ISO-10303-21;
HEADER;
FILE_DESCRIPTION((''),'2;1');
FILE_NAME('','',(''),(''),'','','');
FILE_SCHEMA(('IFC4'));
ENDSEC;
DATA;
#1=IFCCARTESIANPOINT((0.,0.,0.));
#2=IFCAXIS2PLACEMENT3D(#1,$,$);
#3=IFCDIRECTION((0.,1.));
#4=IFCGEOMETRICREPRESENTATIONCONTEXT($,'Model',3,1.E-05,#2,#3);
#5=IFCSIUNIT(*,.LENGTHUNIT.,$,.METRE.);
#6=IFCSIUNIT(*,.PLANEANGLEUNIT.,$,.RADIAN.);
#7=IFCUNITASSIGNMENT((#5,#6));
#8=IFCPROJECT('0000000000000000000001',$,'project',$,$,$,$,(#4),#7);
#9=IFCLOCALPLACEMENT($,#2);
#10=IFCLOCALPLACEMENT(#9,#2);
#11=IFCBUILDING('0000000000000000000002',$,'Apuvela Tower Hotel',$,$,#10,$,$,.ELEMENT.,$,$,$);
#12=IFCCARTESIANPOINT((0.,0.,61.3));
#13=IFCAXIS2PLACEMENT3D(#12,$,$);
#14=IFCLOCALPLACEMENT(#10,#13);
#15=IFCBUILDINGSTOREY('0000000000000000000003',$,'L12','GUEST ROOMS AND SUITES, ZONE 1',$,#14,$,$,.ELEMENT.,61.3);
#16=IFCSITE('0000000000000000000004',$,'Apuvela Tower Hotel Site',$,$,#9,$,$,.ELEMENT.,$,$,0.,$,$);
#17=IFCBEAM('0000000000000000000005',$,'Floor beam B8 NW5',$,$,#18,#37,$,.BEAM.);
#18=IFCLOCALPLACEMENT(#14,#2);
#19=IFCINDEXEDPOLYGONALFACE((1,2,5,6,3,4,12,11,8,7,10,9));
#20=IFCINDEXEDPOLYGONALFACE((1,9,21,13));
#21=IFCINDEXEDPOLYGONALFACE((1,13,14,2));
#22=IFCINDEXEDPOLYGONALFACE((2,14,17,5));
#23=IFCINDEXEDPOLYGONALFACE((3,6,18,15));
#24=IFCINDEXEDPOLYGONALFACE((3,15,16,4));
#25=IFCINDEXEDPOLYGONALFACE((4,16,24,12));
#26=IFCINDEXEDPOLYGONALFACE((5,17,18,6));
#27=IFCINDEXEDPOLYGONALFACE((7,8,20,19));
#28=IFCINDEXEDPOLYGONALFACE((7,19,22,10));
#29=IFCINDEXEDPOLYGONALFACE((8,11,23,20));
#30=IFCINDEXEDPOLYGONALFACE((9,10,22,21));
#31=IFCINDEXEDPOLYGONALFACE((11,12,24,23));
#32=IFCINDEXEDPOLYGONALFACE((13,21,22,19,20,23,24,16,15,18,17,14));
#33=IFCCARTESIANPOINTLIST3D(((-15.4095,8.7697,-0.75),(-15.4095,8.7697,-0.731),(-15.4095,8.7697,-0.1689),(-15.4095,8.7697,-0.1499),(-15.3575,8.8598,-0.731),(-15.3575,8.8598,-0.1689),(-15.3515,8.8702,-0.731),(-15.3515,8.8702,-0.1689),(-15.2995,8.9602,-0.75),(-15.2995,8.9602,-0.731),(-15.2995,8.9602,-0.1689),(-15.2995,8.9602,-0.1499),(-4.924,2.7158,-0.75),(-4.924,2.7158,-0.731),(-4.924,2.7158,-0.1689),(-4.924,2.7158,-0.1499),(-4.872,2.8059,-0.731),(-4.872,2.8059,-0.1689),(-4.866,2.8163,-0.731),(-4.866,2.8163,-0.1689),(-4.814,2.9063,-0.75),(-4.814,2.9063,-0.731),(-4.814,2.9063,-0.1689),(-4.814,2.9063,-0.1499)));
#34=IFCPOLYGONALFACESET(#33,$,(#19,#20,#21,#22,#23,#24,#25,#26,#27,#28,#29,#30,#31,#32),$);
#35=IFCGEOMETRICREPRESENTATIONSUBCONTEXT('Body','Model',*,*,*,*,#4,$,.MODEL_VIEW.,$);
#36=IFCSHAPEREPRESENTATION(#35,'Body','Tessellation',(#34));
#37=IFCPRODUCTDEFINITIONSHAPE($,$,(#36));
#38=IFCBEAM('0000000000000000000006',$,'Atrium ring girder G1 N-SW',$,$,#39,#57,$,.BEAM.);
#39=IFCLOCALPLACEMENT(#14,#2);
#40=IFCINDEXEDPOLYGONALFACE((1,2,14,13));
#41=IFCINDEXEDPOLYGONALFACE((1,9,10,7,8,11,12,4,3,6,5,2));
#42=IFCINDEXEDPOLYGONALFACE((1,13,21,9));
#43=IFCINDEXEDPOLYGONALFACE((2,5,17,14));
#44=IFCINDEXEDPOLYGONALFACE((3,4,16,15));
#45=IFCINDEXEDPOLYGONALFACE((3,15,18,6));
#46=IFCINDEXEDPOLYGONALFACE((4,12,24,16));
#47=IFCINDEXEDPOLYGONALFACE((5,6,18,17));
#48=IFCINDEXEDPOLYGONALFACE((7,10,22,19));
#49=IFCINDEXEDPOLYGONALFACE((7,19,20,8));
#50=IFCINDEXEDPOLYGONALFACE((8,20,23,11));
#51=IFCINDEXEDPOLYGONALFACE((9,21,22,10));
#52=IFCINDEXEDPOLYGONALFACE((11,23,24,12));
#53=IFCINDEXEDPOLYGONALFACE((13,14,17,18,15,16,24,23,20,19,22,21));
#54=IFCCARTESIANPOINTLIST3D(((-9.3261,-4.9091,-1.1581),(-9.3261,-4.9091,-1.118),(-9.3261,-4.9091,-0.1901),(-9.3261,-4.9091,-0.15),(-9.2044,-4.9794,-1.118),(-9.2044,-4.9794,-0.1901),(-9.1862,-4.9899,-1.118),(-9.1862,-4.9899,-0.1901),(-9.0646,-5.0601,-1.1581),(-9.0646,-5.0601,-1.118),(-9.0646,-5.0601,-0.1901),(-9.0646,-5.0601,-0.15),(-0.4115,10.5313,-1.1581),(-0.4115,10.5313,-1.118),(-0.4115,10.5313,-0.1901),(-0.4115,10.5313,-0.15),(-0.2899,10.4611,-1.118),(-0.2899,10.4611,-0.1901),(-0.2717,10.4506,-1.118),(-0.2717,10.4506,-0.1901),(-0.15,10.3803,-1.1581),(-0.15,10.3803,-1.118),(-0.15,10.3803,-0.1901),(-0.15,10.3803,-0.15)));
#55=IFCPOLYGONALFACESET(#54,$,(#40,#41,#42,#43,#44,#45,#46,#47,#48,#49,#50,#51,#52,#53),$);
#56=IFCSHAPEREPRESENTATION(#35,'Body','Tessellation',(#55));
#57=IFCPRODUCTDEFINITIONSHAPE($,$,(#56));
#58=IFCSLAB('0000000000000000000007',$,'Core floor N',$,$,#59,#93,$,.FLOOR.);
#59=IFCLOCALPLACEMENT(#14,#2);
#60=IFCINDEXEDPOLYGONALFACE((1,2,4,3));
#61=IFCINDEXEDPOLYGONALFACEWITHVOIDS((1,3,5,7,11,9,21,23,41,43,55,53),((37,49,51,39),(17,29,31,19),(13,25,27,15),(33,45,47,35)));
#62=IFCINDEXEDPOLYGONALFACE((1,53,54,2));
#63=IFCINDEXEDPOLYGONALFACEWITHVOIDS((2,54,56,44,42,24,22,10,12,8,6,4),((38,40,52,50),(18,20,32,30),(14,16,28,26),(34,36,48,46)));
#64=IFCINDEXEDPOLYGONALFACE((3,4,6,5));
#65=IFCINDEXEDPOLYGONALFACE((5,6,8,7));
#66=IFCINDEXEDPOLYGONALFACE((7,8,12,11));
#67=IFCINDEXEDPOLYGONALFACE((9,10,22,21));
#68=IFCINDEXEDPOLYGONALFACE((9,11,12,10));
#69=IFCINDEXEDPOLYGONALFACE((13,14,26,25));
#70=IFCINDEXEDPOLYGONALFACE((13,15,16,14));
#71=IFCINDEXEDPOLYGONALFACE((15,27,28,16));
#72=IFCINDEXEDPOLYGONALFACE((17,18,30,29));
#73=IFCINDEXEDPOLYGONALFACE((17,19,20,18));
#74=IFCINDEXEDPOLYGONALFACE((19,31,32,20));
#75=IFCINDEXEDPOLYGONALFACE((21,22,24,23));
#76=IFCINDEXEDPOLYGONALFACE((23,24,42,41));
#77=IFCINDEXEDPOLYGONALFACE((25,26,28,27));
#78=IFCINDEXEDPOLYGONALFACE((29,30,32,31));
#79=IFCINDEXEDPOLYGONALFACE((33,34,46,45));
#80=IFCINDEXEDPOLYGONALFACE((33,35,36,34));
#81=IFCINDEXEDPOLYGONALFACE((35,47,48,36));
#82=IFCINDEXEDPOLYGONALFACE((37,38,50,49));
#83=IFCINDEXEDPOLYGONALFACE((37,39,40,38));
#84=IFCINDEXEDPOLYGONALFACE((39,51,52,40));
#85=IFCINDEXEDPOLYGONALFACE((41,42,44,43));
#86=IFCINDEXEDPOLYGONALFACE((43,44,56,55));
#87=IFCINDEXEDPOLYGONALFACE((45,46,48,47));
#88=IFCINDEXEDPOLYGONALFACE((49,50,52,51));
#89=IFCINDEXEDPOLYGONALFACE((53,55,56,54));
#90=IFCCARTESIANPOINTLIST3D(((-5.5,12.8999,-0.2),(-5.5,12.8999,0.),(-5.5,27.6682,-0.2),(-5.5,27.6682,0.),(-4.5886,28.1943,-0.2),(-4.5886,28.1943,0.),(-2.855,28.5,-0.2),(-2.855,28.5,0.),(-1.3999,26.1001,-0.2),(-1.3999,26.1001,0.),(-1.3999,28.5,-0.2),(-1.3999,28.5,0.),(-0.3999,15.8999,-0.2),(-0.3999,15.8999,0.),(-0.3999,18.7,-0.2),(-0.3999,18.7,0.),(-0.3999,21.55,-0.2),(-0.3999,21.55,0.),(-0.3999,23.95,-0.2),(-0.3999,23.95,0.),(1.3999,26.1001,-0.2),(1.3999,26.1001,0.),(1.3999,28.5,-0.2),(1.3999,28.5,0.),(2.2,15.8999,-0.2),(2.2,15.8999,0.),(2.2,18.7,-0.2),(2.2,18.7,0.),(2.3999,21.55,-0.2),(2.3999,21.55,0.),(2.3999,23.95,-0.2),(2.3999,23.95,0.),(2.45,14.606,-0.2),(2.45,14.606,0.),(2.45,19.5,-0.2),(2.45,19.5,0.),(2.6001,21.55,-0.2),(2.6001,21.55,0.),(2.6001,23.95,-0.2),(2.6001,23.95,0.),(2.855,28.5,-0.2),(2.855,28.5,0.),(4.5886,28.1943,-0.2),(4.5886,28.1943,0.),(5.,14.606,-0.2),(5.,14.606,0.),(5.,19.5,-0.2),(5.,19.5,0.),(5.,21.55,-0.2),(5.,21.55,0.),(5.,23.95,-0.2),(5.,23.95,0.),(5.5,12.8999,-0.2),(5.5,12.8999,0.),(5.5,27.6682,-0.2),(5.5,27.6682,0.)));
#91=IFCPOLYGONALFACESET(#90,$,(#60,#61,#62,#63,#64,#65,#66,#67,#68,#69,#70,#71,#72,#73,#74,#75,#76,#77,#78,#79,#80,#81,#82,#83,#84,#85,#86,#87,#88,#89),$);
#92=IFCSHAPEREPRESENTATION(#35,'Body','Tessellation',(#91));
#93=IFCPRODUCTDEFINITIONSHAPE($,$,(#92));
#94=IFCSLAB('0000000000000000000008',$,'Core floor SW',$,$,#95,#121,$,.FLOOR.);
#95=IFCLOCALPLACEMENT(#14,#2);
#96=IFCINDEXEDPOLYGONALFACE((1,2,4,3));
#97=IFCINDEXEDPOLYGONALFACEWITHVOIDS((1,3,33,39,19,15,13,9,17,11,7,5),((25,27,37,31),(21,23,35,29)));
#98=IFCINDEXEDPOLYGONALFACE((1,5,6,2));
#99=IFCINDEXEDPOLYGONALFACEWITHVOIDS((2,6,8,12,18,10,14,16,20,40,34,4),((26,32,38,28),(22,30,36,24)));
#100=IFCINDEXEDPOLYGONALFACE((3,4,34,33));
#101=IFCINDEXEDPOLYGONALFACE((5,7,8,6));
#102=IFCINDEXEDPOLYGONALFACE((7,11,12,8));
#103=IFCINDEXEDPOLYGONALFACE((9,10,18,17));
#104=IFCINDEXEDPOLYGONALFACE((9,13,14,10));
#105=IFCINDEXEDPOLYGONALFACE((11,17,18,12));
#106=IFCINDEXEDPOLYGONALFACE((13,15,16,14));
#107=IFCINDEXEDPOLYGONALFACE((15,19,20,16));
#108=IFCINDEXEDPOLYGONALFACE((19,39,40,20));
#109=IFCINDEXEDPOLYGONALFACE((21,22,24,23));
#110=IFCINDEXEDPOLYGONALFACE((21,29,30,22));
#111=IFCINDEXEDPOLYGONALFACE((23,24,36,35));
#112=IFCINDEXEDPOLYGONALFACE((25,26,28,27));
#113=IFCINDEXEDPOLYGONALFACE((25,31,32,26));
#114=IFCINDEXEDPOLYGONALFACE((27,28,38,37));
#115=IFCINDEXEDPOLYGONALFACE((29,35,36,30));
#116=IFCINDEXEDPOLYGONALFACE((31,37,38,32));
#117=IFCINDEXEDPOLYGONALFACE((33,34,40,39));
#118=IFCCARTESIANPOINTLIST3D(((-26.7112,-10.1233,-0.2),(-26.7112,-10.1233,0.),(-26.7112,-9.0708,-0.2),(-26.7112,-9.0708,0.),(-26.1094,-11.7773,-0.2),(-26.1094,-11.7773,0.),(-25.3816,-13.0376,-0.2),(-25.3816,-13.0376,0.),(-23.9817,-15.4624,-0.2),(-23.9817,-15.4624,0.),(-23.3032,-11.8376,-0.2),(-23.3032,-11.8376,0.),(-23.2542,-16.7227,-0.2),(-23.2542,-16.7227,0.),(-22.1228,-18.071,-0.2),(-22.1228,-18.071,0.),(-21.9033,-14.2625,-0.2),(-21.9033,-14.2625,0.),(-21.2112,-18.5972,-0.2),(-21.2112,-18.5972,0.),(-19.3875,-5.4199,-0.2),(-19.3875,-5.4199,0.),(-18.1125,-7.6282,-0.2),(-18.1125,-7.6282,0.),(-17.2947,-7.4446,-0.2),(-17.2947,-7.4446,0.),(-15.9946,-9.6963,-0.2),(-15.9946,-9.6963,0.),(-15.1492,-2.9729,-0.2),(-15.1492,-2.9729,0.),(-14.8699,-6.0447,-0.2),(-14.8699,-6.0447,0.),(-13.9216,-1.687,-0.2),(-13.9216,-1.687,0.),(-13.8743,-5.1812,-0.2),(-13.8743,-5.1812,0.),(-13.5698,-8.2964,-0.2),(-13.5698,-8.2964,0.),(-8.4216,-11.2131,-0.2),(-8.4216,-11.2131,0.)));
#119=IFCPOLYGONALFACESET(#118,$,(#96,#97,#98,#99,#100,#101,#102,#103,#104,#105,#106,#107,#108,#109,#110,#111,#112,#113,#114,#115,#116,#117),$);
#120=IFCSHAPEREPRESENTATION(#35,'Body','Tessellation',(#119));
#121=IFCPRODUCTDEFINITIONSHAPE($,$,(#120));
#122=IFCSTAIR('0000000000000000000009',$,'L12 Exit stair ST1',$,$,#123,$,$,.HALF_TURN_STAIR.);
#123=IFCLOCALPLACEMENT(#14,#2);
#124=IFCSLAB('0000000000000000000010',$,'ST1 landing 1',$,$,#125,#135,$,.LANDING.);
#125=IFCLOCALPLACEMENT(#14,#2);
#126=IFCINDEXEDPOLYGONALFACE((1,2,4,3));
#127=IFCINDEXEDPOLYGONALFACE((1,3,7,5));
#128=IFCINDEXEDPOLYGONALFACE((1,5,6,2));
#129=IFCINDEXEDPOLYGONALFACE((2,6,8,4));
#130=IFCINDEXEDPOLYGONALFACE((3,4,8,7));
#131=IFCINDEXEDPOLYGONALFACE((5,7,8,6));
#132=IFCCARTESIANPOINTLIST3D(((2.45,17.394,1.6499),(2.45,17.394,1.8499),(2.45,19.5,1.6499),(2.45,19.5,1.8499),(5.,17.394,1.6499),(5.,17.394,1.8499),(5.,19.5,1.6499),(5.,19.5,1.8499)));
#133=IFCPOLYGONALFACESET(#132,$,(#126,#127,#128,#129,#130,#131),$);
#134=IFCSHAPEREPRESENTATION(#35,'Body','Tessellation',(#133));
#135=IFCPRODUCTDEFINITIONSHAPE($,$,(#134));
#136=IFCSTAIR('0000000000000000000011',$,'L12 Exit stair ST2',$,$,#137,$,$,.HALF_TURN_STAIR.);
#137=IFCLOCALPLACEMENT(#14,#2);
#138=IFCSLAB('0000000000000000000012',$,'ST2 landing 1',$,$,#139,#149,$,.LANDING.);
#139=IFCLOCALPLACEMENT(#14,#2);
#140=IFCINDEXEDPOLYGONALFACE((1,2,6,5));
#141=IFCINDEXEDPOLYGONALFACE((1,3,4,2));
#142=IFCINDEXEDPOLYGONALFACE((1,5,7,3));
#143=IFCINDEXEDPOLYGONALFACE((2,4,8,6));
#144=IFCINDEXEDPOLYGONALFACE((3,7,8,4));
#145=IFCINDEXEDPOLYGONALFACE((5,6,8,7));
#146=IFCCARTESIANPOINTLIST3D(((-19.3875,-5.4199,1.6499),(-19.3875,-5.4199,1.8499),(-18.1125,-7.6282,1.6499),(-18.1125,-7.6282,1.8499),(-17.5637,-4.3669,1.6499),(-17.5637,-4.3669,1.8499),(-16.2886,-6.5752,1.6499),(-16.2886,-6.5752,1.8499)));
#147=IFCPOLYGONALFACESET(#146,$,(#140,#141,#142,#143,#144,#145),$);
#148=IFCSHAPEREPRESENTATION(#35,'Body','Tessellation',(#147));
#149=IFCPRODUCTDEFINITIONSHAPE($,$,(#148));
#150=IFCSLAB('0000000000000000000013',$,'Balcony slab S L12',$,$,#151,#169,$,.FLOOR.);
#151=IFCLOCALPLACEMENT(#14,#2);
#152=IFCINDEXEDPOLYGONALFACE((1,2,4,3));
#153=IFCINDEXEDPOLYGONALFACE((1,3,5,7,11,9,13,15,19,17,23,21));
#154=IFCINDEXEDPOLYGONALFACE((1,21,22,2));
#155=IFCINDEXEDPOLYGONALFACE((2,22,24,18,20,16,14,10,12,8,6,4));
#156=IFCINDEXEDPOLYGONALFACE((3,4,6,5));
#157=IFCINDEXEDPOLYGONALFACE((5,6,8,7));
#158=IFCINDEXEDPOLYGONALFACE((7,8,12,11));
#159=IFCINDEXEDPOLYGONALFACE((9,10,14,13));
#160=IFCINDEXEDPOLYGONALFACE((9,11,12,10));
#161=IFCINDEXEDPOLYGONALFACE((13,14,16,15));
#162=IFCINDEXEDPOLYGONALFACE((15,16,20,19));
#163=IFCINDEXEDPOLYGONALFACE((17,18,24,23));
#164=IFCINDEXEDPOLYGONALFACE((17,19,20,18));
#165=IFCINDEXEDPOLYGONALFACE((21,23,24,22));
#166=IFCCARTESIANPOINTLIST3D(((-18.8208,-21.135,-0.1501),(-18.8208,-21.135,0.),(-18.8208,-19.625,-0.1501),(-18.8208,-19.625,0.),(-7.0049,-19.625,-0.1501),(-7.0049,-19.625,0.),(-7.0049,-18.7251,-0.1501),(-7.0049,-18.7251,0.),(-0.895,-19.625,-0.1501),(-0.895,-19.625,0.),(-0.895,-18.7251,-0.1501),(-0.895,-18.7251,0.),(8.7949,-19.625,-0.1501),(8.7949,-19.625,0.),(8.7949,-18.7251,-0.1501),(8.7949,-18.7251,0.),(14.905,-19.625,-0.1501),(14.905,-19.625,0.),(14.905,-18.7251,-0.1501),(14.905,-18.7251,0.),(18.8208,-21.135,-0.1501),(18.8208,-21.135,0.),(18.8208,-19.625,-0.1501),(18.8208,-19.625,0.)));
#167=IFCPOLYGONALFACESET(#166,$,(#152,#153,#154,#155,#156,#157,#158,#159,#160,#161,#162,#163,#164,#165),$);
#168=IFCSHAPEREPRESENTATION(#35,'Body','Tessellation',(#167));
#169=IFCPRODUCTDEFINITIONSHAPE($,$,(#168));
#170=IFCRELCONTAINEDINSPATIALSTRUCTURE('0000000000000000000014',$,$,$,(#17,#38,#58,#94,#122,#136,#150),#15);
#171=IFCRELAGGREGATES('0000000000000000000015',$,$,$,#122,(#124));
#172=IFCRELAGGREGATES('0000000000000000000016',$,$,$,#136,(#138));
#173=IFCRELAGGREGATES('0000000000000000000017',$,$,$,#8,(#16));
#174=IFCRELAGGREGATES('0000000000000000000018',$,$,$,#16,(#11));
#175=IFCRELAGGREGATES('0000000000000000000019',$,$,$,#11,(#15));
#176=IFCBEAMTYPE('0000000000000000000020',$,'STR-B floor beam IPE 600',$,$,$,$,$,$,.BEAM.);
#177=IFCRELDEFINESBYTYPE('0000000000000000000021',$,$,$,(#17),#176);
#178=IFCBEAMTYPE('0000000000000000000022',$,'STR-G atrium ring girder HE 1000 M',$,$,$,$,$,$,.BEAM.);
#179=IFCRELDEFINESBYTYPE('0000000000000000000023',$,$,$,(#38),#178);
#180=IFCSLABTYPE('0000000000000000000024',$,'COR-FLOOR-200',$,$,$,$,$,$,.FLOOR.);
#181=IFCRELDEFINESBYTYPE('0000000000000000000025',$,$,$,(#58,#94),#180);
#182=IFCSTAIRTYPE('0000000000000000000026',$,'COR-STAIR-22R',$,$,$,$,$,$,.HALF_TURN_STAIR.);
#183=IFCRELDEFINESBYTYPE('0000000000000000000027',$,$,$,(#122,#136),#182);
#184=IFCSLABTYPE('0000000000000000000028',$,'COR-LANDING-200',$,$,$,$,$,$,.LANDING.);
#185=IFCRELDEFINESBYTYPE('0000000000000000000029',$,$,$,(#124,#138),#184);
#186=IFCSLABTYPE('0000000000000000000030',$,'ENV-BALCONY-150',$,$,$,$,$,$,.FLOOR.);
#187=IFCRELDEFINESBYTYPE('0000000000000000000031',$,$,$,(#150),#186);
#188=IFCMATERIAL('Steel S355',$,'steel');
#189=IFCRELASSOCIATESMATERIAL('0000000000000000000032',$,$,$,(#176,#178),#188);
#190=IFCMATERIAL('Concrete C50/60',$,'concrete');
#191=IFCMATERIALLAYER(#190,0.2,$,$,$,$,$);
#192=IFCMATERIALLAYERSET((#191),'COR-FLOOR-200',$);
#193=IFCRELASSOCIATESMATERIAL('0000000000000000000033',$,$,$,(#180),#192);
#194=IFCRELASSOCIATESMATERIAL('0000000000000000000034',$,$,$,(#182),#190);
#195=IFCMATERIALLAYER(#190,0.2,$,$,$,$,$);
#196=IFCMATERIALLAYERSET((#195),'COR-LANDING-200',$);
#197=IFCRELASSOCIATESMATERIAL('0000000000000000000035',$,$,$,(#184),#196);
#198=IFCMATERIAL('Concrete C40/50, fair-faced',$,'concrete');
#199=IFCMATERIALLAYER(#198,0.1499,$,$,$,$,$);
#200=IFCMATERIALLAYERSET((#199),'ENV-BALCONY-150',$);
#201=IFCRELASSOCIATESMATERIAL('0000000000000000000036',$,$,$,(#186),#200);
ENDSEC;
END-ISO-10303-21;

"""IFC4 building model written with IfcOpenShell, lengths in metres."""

from ifc_helpers import new_model, si_unit, direction, frame, origin, origin_2d, place, context, subcontext, project, spatial, polyline, i_section, outline, extrude, material, layer, layer_set, material_profile, profile_set, type_object, element, aggregate, save


model = new_model("IFC4")

# Units and contexts
model_context = context("Model", 3, precision=1e-05, world=origin(), true_north=direction((0.0, 1.0)))
body_context = subcontext(model_context, "Body", "Model", "MODEL_VIEW")
ifc_project = project(units=[si_unit("LENGTHUNIT", "METRE"), si_unit("PLANEANGLEUNIT", "RADIAN")], contexts=[model_context])

# Site, building, storey
site_placement = place(None, origin())
site = spatial("IfcSite", under=ifc_project, at=site_placement, Name="Apuvela Tower Hotel Site", CompositionType="ELEMENT", RefElevation=0.0)
building_placement = place(site_placement, origin())
building = spatial("IfcBuilding", under=site, at=building_placement, Name="Apuvela Tower Hotel", CompositionType="ELEMENT")
storey_placement = place(building_placement, frame((0.0, 0.0, 61.3)))
storey = spatial("IfcBuildingStorey", under=building, at=storey_placement, Name="L12", Description="GUEST ROOMS AND SUITES, ZONE 1", CompositionType="ELEMENT", Elevation=61.3)

# Beams
ifc_material_1 = material(Name="Steel S355", Category="steel")
ifc_material_profile_1 = material_profile(ifc_material_1, i_section(OverallWidth=0.22, OverallDepth=0.6001, WebThickness=0.012, FlangeThickness=0.019, at=origin_2d()), Name="IPE 600")
ifc_profile_set_1 = profile_set([ifc_material_profile_1], Name="Steel S355")
beam_type_1 = type_object("IfcBeamType", Name="STR-B floor beam IPE 600", PredefinedType="BEAM", material=ifc_profile_set_1)
beam_1_placement = place(storey_placement, frame((-15.3545, 8.865, -0.45), z_axis=(0.866022, -0.500006, 0.0), x_axis=(0.500006, 0.866022, 0.0)))
element("IfcBeam", 1, at=beam_1_placement, inside=storey, type_object=beam_type_1, Name="Floor beam B8 NW5", PredefinedType="BEAM", context=body_context, shape_type="SweptSolid", body=[
    extrude(i_section(OverallWidth=0.22, OverallDepth=0.6001, WebThickness=0.012, FlangeThickness=0.019, at=origin_2d()), origin(), (0.0, 0.0, 1.0), 12.1077),
])
ifc_material_profile_2 = material_profile(ifc_material_1, i_section(OverallWidth=0.302, OverallDepth=1.0081, WebThickness=0.021, FlangeThickness=0.04, at=origin_2d()), Name="HE 1000 M")
ifc_profile_set_2 = profile_set([ifc_material_profile_2], Name="Steel S355")
beam_type_2 = type_object("IfcBeamType", Name="STR-G atrium ring girder HE 1000 M", PredefinedType="BEAM", material=ifc_profile_set_2)
beam_2_placement = place(storey_placement, frame((-0.2808, 10.4558, -0.6541), z_axis=(-0.500001, -0.866025, 0.0), x_axis=(0.866025, -0.500001, 0.0)))
element("IfcBeam", 2, at=beam_2_placement, inside=storey, type_object=beam_type_2, Name="Atrium ring girder G1 N-SW", PredefinedType="BEAM", context=body_context, shape_type="SweptSolid", body=[
    extrude(i_section(OverallWidth=0.302, OverallDepth=1.0081, WebThickness=0.021, FlangeThickness=0.04, at=origin_2d()), origin(), (0.0, 0.0, 1.0), 17.8291),
])

# Slabs
ifc_material_2 = material(Name="Concrete C50/60", Category="concrete")
ifc_layer_1 = layer(ifc_material_2, 0.2)
ifc_layer_set_1 = layer_set([ifc_layer_1], Name="COR-FLOOR-200")
slab_type_1 = type_object("IfcSlabType", Name="COR-FLOOR-200", PredefinedType="FLOOR", material=ifc_layer_set_1)
slab_1_placement = place(storey_placement, frame((0.0, 0.0, -0.2)))
element("IfcSlab", 3, at=slab_1_placement, inside=storey, type_object=slab_type_1, Name="Core floor N", PredefinedType="FLOOR", context=body_context, shape_type="SweptSolid", body=[
    extrude(outline(polyline([(5.5, 27.6682), (4.5886, 28.1943), (2.855, 28.5), (1.3999, 28.5), (1.3999, 26.1001), (-1.3999, 26.1001), (-1.3999, 28.5), (-2.855, 28.5), (-4.5886, 28.1943), (-5.5, 27.6682), (-5.5, 12.8999), (5.5, 12.8999), (5.5, 27.6682)]), holes=[polyline([(5.0, 14.606), (2.45, 14.606), (2.45, 19.5), (5.0, 19.5), (5.0, 14.606)]), polyline([(2.2, 15.8999), (-0.3999, 15.8999), (-0.3999, 18.7), (2.2, 18.7), (2.2, 15.8999)]), polyline([(5.0, 21.55), (2.6001, 21.55), (2.6001, 23.95), (5.0, 23.95), (5.0, 21.55)]), polyline([(2.3999, 21.55), (-0.3999, 21.55), (-0.3999, 23.95), (2.3999, 23.95), (2.3999, 21.55)])]), origin(), (0.0, 0.0, 1.0), 0.2),
])
slab_2_placement = place(storey_placement, frame((0.0, 0.0, -0.2)))
element("IfcSlab", 4, at=slab_2_placement, inside=storey, type_object=slab_type_1, Name="Core floor SW", PredefinedType="FLOOR", context=body_context, shape_type="SweptSolid", body=[
    extrude(outline(polyline([(-26.7112, -9.0708), (-26.7112, -10.1233), (-26.1094, -11.7773), (-25.3816, -13.0376), (-23.3032, -11.8376), (-21.9033, -14.2625), (-23.9817, -15.4624), (-23.2542, -16.7227), (-22.1228, -18.071), (-21.2112, -18.5972), (-8.4216, -11.2131), (-13.9216, -1.687), (-26.7112, -9.0708)]), holes=[polyline([(-13.8743, -5.1812), (-18.1125, -7.6282), (-19.3875, -5.4199), (-15.1492, -2.9729), (-13.8743, -5.1812)]), polyline([(-13.5698, -8.2964), (-15.9946, -9.6963), (-17.2947, -7.4446), (-14.8699, -6.0447), (-13.5698, -8.2964)])]), origin(), (0.0, 0.0, 1.0), 0.2),
])

# Stairs, slabs
stair_type = type_object("IfcStairType", Name="COR-STAIR-22R", PredefinedType="HALF_TURN_STAIR", material=ifc_material_2)
stair_1_placement = place(storey_placement, origin())
stair_1 = element("IfcStair", 5, at=stair_1_placement, inside=storey, type_object=stair_type, Name="L12 Exit stair ST1", PredefinedType="HALF_TURN_STAIR")
ifc_layer_2 = layer(ifc_material_2, 0.2)
ifc_layer_set_2 = layer_set([ifc_layer_2], Name="COR-LANDING-200")
slab_type_2 = type_object("IfcSlabType", Name="COR-LANDING-200", PredefinedType="LANDING", material=ifc_layer_set_2)
slab_3_placement = place(storey_placement, frame((0.0, 0.0, 1.6499)))
slab_3 = element("IfcSlab", 6, at=slab_3_placement, type_object=slab_type_2, Name="ST1 landing 1", PredefinedType="LANDING", context=body_context, shape_type="SweptSolid", body=[
    extrude(outline(polyline([(5.0, 17.394), (5.0, 19.5), (2.45, 19.5), (2.45, 17.394), (5.0, 17.394)])), origin(), (0.0, 0.0, 1.0), 0.2),
])
aggregate(stair_1, [slab_3])
stair_2_placement = place(storey_placement, origin())
stair_2 = element("IfcStair", 7, at=stair_2_placement, inside=storey, type_object=stair_type, Name="L12 Exit stair ST2", PredefinedType="HALF_TURN_STAIR")
slab_4_placement = place(storey_placement, frame((0.0, 0.0, 1.6499)))
slab_4 = element("IfcSlab", 8, at=slab_4_placement, type_object=slab_type_2, Name="ST2 landing 1", PredefinedType="LANDING", context=body_context, shape_type="SweptSolid", body=[
    extrude(outline(polyline([(-17.5637, -4.3669), (-19.3875, -5.4199), (-18.1125, -7.6282), (-16.2886, -6.5752), (-17.5637, -4.3669)])), origin(), (0.0, 0.0, 1.0), 0.2),
])
aggregate(stair_2, [slab_4])

# Slab
ifc_material_3 = material(Name="Concrete C40/50, fair-faced", Category="concrete")
ifc_layer_3 = layer(ifc_material_3, 0.1499)
ifc_layer_set_3 = layer_set([ifc_layer_3], Name="ENV-BALCONY-150")
slab_type_3 = type_object("IfcSlabType", Name="ENV-BALCONY-150", PredefinedType="FLOOR", material=ifc_layer_set_3)
slab_5_placement = place(storey_placement, frame((0.0, 0.0, -0.1501)))
element("IfcSlab", 9, at=slab_5_placement, inside=storey, type_object=slab_type_3, Name="Balcony slab S L12", PredefinedType="FLOOR", context=body_context, shape_type="SweptSolid", body=[
    extrude(outline(polyline([(18.8208, -21.135), (-18.8208, -21.135), (-18.8208, -19.625), (-7.0049, -19.625), (-7.0049, -18.7251), (-0.895, -18.7251), (-0.895, -19.625), (8.7949, -19.625), (8.7949, -18.7251), (14.905, -18.7251), (14.905, -19.625), (18.8208, -19.625), (18.8208, -21.135)])), origin(), (0.0, 0.0, 1.0), 0.1501),
])

save(model, "model.ifc")
